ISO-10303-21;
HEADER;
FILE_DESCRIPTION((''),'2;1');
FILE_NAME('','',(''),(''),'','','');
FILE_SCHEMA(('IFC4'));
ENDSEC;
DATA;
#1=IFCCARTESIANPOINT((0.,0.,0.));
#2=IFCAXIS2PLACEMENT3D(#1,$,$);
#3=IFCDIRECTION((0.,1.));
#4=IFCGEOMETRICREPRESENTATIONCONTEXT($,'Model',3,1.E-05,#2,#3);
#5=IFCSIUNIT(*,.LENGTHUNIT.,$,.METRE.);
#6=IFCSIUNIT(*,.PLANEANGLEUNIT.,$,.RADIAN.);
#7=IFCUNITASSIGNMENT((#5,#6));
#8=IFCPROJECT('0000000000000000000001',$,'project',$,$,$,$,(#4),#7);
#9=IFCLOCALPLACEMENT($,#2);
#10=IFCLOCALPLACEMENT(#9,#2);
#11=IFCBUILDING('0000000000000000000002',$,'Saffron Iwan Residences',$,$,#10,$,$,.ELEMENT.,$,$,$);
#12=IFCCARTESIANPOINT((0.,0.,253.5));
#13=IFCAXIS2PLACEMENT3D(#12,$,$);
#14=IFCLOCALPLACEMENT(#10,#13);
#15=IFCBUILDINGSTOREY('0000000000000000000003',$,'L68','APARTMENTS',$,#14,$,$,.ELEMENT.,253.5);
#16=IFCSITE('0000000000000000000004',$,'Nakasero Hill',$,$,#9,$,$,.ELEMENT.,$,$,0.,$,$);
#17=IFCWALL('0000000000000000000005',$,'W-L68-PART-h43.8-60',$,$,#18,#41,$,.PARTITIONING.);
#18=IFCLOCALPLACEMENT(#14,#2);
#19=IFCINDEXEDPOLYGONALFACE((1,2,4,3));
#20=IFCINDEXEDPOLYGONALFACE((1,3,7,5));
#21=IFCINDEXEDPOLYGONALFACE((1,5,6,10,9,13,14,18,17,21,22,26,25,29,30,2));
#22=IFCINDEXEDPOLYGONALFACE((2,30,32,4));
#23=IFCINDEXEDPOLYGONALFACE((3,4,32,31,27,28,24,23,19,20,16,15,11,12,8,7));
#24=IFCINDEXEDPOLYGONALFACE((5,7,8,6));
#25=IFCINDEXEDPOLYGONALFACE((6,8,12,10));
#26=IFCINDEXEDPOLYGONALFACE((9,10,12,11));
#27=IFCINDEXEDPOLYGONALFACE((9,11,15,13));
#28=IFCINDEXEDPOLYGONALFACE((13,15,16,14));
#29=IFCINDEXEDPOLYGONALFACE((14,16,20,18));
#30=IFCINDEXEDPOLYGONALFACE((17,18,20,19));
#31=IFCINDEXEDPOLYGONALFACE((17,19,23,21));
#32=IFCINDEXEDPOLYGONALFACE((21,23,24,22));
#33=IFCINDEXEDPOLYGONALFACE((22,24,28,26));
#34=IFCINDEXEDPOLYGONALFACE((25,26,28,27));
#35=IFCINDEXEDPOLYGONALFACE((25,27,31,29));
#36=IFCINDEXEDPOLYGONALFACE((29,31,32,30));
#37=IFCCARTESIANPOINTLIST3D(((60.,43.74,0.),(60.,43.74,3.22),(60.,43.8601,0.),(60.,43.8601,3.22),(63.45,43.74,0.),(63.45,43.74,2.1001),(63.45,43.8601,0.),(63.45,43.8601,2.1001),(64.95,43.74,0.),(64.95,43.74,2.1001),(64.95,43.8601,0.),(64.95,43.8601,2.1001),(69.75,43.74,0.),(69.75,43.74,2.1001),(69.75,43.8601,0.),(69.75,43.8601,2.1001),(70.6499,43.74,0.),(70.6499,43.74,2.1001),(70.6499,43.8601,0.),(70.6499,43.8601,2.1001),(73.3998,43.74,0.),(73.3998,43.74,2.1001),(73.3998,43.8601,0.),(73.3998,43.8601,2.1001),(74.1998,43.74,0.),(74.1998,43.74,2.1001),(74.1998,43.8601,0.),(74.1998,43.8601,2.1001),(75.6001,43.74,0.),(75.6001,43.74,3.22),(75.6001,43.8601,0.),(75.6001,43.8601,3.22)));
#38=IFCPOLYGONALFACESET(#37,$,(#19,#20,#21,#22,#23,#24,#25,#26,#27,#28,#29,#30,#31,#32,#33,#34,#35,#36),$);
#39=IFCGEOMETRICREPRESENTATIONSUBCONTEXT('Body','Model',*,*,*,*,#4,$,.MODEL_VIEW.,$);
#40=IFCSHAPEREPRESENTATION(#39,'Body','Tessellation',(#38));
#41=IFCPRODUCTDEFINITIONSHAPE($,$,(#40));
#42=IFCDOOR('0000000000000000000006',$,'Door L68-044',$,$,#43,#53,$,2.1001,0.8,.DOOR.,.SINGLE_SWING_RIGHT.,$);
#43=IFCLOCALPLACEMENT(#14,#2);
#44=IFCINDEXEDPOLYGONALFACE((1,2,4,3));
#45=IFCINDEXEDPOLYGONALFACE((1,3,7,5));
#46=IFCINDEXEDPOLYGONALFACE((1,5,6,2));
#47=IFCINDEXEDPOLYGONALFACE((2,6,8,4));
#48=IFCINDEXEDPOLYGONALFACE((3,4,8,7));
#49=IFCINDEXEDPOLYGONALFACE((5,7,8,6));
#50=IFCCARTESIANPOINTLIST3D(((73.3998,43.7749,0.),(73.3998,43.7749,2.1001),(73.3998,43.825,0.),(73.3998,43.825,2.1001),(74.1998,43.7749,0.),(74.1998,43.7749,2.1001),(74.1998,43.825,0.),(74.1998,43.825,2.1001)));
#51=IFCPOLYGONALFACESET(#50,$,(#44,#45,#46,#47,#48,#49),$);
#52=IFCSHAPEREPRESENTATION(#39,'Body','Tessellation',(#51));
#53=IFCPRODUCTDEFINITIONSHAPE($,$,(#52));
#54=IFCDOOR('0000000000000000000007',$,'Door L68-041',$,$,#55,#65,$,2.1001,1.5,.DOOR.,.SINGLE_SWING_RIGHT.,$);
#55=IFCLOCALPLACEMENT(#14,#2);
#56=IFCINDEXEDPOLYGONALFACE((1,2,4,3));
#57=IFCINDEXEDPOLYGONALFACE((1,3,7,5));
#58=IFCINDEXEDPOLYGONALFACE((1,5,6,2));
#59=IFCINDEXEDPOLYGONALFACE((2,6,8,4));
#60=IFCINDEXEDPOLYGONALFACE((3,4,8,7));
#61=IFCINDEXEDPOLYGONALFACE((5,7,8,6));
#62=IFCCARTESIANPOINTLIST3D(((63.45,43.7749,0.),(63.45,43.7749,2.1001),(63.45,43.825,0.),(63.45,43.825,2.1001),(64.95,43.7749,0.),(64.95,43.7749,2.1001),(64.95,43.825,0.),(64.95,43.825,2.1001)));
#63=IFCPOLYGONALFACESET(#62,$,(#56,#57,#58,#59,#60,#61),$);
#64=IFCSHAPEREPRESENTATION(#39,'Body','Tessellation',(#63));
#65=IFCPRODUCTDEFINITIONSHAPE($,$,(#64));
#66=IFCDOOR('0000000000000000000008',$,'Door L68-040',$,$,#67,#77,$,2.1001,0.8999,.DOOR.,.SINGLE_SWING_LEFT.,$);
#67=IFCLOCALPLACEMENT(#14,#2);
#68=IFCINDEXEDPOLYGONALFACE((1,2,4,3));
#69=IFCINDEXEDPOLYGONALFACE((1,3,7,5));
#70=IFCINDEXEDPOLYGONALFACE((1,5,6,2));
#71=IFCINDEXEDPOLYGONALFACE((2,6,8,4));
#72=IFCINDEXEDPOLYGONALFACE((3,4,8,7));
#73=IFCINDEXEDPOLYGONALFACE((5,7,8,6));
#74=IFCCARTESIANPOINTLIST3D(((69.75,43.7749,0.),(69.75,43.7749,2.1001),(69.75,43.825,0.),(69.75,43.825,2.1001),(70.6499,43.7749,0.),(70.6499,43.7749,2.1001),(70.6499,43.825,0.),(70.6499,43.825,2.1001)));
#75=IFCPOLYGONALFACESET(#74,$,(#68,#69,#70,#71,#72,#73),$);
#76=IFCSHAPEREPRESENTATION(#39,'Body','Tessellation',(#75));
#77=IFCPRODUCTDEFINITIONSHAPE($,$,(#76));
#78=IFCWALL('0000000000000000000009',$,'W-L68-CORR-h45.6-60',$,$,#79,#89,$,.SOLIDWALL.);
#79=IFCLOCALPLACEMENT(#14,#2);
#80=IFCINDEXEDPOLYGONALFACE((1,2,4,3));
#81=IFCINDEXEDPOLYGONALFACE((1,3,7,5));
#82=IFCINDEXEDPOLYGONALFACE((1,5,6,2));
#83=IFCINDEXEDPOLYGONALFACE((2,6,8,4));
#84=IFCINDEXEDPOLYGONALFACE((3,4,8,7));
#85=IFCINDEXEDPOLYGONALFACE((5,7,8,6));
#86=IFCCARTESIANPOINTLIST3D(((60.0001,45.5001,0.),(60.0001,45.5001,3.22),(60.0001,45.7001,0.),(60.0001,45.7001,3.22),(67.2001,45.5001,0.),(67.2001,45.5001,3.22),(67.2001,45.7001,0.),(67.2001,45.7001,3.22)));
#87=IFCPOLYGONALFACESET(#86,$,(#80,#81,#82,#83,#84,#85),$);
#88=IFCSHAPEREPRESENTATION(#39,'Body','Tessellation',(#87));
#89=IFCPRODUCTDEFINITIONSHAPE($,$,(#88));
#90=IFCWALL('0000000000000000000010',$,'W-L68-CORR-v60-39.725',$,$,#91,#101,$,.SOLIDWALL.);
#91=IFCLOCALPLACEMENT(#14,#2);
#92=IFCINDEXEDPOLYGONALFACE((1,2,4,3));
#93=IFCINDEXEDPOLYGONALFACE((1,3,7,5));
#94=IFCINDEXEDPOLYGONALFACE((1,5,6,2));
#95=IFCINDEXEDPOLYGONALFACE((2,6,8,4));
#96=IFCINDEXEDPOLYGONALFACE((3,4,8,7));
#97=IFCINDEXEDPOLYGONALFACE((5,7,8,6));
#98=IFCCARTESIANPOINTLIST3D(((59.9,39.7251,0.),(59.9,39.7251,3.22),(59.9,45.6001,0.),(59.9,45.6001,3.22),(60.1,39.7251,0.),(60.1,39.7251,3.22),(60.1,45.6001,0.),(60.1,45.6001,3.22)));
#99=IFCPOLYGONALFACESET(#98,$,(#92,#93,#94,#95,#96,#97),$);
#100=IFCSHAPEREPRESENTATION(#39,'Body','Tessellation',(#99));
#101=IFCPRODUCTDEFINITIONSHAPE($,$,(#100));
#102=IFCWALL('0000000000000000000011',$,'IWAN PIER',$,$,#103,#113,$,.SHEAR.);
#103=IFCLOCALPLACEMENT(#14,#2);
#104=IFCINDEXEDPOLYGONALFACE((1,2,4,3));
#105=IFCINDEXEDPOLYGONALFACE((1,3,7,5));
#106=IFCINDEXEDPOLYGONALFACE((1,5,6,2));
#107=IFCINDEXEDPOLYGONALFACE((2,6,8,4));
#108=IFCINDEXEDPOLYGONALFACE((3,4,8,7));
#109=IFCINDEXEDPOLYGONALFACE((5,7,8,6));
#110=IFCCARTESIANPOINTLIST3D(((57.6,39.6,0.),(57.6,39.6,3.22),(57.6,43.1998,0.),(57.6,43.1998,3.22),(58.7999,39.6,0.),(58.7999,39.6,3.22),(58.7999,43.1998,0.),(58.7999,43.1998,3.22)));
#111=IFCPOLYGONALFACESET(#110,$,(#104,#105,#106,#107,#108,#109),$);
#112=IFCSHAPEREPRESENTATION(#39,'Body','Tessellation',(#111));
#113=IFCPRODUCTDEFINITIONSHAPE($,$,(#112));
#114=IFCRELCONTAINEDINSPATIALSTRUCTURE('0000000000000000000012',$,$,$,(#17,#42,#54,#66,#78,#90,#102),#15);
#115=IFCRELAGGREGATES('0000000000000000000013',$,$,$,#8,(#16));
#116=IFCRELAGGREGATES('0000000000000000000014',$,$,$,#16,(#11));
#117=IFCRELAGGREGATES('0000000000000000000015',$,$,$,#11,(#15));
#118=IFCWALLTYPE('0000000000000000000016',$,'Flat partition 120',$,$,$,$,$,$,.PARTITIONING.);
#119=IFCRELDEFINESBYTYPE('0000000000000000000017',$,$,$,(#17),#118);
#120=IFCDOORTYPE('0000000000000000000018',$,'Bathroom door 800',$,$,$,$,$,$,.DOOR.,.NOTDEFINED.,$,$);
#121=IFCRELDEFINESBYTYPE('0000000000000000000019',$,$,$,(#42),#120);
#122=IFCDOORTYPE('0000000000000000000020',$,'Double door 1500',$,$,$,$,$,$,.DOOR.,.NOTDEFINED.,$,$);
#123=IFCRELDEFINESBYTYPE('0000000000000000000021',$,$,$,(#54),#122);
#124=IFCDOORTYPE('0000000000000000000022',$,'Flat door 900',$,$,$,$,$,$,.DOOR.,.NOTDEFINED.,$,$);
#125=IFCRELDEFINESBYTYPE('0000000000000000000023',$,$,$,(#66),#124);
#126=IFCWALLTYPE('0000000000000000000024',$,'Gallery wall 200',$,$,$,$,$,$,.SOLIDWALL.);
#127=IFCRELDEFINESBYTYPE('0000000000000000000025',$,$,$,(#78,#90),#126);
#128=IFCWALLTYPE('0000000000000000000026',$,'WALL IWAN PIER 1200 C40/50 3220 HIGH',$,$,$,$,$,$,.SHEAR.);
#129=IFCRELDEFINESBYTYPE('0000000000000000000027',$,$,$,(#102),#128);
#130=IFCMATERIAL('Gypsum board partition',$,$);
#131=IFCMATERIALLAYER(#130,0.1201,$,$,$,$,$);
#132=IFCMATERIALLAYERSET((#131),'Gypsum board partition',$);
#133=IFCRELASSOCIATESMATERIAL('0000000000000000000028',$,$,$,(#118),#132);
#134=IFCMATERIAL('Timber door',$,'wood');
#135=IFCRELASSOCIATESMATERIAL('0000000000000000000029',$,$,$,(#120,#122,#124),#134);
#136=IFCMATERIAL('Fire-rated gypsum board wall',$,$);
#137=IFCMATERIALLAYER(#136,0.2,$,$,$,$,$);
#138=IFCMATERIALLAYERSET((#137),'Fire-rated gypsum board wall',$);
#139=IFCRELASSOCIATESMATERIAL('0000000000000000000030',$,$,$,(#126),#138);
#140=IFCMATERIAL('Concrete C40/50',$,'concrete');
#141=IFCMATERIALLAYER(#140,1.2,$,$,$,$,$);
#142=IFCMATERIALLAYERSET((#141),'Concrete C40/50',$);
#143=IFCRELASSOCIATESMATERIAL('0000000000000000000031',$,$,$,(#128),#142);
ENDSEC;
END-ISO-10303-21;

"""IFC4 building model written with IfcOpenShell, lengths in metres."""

from ifc_helpers import new_model, si_unit, direction, frame, frame_2d, origin, place, context, subcontext, project, spatial, rectangle, extrude, material, layer, layer_set, type_object, element, fill, save


model = new_model("IFC4")

# Units and contexts
model_context = context("Model", 3, precision=1e-05, world=origin(), true_north=direction((0.0, 1.0)))
body_context = subcontext(model_context, "Body", "Model", "MODEL_VIEW")
ifc_project = project(units=[si_unit("LENGTHUNIT", "METRE"), si_unit("PLANEANGLEUNIT", "RADIAN")], contexts=[model_context])

# Site, building, storey
site_placement = place(None, origin())
site = spatial("IfcSite", under=ifc_project, at=site_placement, Name="Nakasero Hill", CompositionType="ELEMENT", RefElevation=0.0)
building_placement = place(site_placement, origin())
building = spatial("IfcBuilding", under=site, at=building_placement, Name="Saffron Iwan Residences", CompositionType="ELEMENT")
storey_placement = place(building_placement, frame((0.0, 0.0, 253.5)))
storey = spatial("IfcBuildingStorey", under=building, at=storey_placement, Name="L68", Description="APARTMENTS", CompositionType="ELEMENT", Elevation=253.5)

# Shared definitions
ifc_material_1 = material(Name="Concrete C40/50", Category="concrete")

# Wall, openings, doors
ifc_material_2 = material(Name="Gypsum board partition")
ifc_layer_1 = layer(ifc_material_2, 0.1201)
ifc_layer_set_1 = layer_set([ifc_layer_1], Name="Gypsum board partition")
wall_type_1 = type_object("IfcWallType", Name="Flat partition 120", PredefinedType="PARTITIONING", material=ifc_layer_set_1)
wall_1_placement = place(storey_placement, frame((60.0, 43.8, 0.0), z_axis=(0.0, 0.0, 1.0), x_axis=(1.0, 0.0, 0.0)))
wall_1 = element("IfcWall", 1, at=wall_1_placement, inside=storey, type_object=wall_type_1, Name="W-L68-PART-h43.8-60", PredefinedType="PARTITIONING", context=body_context, shape_type="SweptSolid", body=[
    extrude(rectangle(XDim=15.6001, YDim=0.1201, at=frame_2d((7.8, 0.0))), origin(), (0.0, 0.0, 1.0), 3.22),
])
opening_1_placement = place(wall_1_placement, frame((9.75, 0.0, 0.0)))
opening_1 = element("IfcOpeningElement", 2, at=opening_1_placement, cuts=wall_1, PredefinedType="OPENING", context=body_context, shape_type="SweptSolid", body=[
    extrude(rectangle(XDim=0.8999, YDim=2.1001, at=frame_2d((0.45, 1.05))), frame((0.0, 0.0701, 0.0), z_axis=(0.0, -1.0, 0.0), x_axis=(1.0, 0.0, 0.0)), (0.0, 0.0, 1.0), 0.1401),
])
opening_2_placement = place(wall_1_placement, frame((3.45, 0.0, 0.0)))
opening_2 = element("IfcOpeningElement", 3, at=opening_2_placement, cuts=wall_1, PredefinedType="OPENING", context=body_context, shape_type="SweptSolid", body=[
    extrude(rectangle(XDim=1.5, YDim=2.1001, at=frame_2d((0.75, 1.05))), frame((0.0, 0.0701, 0.0), z_axis=(0.0, -1.0, 0.0), x_axis=(1.0, 0.0, 0.0)), (0.0, 0.0, 1.0), 0.1401),
])
opening_3_placement = place(wall_1_placement, frame((13.3999, 0.0, 0.0)))
opening_3 = element("IfcOpeningElement", 4, at=opening_3_placement, cuts=wall_1, PredefinedType="OPENING", context=body_context, shape_type="SweptSolid", body=[
    extrude(rectangle(XDim=0.8, YDim=2.1001, at=frame_2d((0.3999, 1.05))), frame((0.0, 0.0701, 0.0), z_axis=(0.0, -1.0, 0.0), x_axis=(1.0, 0.0, 0.0)), (0.0, 0.0, 1.0), 0.1401),
])
ifc_material_3 = material(Name="Timber door", Category="wood")
door_type_1 = type_object("IfcDoorType", Name="Bathroom door 800", OperationType="NOTDEFINED", PredefinedType="DOOR", material=ifc_material_3)
door_1_placement = place(opening_3_placement, origin())
door_1 = element("IfcDoor", 5, at=door_1_placement, inside=storey, type_object=door_type_1, Name="Door L68-044", OperationType="SINGLE_SWING_RIGHT", OverallHeight=2.1001, OverallWidth=0.8, PredefinedType="DOOR", context=body_context, shape_type="SweptSolid", body=[
    extrude(rectangle(XDim=0.8, YDim=2.1001, at=frame_2d((0.3999, 1.05))), frame((0.0, 0.0249, 0.0), z_axis=(0.0, -1.0, 0.0), x_axis=(1.0, 0.0, 0.0)), (0.0, 0.0, 1.0), 0.05),
])
fill(opening_3, door_1)
door_type_2 = type_object("IfcDoorType", Name="Double door 1500", OperationType="NOTDEFINED", PredefinedType="DOOR", material=ifc_material_3)
door_2_placement = place(opening_2_placement, origin())
door_2 = element("IfcDoor", 6, at=door_2_placement, inside=storey, type_object=door_type_2, Name="Door L68-041", OperationType="SINGLE_SWING_RIGHT", OverallHeight=2.1001, OverallWidth=1.5, PredefinedType="DOOR", context=body_context, shape_type="SweptSolid", body=[
    extrude(rectangle(XDim=1.5, YDim=2.1001, at=frame_2d((0.75, 1.05))), frame((0.0, 0.0249, 0.0), z_axis=(0.0, -1.0, 0.0), x_axis=(1.0, 0.0, 0.0)), (0.0, 0.0, 1.0), 0.05),
])
fill(opening_2, door_2)
door_type_3 = type_object("IfcDoorType", Name="Flat door 900", OperationType="NOTDEFINED", PredefinedType="DOOR", material=ifc_material_3)
door_3_placement = place(opening_1_placement, origin())
door_3 = element("IfcDoor", 7, at=door_3_placement, inside=storey, type_object=door_type_3, Name="Door L68-040", OperationType="SINGLE_SWING_LEFT", OverallHeight=2.1001, OverallWidth=0.8999, PredefinedType="DOOR", context=body_context, shape_type="SweptSolid", body=[
    extrude(rectangle(XDim=0.8999, YDim=2.1001, at=frame_2d((0.45, 1.05))), frame((0.0, 0.0249, 0.0), z_axis=(0.0, -1.0, 0.0), x_axis=(1.0, 0.0, 0.0)), (0.0, 0.0, 1.0), 0.05),
])
fill(opening_1, door_3)

# Walls
ifc_material_4 = material(Name="Fire-rated gypsum board wall")
ifc_layer_2 = layer(ifc_material_4, 0.2)
ifc_layer_set_2 = layer_set([ifc_layer_2], Name="Fire-rated gypsum board wall")
wall_type_2 = type_object("IfcWallType", Name="Gallery wall 200", PredefinedType="SOLIDWALL", material=ifc_layer_set_2)
wall_2_placement = place(storey_placement, frame((60.0, 45.6001, 0.0), z_axis=(0.0, 0.0, 1.0), x_axis=(1.0, 0.0, 0.0)))
element("IfcWall", 8, at=wall_2_placement, inside=storey, type_object=wall_type_2, Name="W-L68-CORR-h45.6-60", PredefinedType="SOLIDWALL", context=body_context, shape_type="SweptSolid", body=[
    extrude(rectangle(XDim=7.2, YDim=0.2, at=frame_2d((3.6001, 0.0))), origin(), (0.0, 0.0, 1.0), 3.22),
])
wall_3_placement = place(storey_placement, frame((60.0, 39.7251, 0.0), z_axis=(0.0, 0.0, 1.0), x_axis=(0.0, 1.0, 0.0)))
element("IfcWall", 9, at=wall_3_placement, inside=storey, type_object=wall_type_2, Name="W-L68-CORR-v60-39.725", PredefinedType="SOLIDWALL", context=body_context, shape_type="SweptSolid", body=[
    extrude(rectangle(XDim=5.875, YDim=0.2, at=frame_2d((2.9375, 0.0))), origin(), (0.0, 0.0, 1.0), 3.22),
])
ifc_layer_3 = layer(ifc_material_1, 1.2)
ifc_layer_set_3 = layer_set([ifc_layer_3], Name="Concrete C40/50")
wall_type_3 = type_object("IfcWallType", Name="WALL IWAN PIER 1200 C40/50 3220 HIGH", PredefinedType="SHEAR", material=ifc_layer_set_3)
wall_4_placement = place(storey_placement, frame((58.2, 39.6001, 0.0), z_axis=(0.0, 0.0, 1.0), x_axis=(0.0, 1.0, 0.0)))
element("IfcWall", 10, at=wall_4_placement, inside=storey, type_object=wall_type_3, Name="IWAN PIER", PredefinedType="SHEAR", context=body_context, shape_type="SweptSolid", body=[
    extrude(rectangle(XDim=3.5999, YDim=1.2, at=frame_2d((1.7998, 0.0))), origin(), (0.0, 0.0, 1.0), 3.22),
])

save(model, "model.ifc")
